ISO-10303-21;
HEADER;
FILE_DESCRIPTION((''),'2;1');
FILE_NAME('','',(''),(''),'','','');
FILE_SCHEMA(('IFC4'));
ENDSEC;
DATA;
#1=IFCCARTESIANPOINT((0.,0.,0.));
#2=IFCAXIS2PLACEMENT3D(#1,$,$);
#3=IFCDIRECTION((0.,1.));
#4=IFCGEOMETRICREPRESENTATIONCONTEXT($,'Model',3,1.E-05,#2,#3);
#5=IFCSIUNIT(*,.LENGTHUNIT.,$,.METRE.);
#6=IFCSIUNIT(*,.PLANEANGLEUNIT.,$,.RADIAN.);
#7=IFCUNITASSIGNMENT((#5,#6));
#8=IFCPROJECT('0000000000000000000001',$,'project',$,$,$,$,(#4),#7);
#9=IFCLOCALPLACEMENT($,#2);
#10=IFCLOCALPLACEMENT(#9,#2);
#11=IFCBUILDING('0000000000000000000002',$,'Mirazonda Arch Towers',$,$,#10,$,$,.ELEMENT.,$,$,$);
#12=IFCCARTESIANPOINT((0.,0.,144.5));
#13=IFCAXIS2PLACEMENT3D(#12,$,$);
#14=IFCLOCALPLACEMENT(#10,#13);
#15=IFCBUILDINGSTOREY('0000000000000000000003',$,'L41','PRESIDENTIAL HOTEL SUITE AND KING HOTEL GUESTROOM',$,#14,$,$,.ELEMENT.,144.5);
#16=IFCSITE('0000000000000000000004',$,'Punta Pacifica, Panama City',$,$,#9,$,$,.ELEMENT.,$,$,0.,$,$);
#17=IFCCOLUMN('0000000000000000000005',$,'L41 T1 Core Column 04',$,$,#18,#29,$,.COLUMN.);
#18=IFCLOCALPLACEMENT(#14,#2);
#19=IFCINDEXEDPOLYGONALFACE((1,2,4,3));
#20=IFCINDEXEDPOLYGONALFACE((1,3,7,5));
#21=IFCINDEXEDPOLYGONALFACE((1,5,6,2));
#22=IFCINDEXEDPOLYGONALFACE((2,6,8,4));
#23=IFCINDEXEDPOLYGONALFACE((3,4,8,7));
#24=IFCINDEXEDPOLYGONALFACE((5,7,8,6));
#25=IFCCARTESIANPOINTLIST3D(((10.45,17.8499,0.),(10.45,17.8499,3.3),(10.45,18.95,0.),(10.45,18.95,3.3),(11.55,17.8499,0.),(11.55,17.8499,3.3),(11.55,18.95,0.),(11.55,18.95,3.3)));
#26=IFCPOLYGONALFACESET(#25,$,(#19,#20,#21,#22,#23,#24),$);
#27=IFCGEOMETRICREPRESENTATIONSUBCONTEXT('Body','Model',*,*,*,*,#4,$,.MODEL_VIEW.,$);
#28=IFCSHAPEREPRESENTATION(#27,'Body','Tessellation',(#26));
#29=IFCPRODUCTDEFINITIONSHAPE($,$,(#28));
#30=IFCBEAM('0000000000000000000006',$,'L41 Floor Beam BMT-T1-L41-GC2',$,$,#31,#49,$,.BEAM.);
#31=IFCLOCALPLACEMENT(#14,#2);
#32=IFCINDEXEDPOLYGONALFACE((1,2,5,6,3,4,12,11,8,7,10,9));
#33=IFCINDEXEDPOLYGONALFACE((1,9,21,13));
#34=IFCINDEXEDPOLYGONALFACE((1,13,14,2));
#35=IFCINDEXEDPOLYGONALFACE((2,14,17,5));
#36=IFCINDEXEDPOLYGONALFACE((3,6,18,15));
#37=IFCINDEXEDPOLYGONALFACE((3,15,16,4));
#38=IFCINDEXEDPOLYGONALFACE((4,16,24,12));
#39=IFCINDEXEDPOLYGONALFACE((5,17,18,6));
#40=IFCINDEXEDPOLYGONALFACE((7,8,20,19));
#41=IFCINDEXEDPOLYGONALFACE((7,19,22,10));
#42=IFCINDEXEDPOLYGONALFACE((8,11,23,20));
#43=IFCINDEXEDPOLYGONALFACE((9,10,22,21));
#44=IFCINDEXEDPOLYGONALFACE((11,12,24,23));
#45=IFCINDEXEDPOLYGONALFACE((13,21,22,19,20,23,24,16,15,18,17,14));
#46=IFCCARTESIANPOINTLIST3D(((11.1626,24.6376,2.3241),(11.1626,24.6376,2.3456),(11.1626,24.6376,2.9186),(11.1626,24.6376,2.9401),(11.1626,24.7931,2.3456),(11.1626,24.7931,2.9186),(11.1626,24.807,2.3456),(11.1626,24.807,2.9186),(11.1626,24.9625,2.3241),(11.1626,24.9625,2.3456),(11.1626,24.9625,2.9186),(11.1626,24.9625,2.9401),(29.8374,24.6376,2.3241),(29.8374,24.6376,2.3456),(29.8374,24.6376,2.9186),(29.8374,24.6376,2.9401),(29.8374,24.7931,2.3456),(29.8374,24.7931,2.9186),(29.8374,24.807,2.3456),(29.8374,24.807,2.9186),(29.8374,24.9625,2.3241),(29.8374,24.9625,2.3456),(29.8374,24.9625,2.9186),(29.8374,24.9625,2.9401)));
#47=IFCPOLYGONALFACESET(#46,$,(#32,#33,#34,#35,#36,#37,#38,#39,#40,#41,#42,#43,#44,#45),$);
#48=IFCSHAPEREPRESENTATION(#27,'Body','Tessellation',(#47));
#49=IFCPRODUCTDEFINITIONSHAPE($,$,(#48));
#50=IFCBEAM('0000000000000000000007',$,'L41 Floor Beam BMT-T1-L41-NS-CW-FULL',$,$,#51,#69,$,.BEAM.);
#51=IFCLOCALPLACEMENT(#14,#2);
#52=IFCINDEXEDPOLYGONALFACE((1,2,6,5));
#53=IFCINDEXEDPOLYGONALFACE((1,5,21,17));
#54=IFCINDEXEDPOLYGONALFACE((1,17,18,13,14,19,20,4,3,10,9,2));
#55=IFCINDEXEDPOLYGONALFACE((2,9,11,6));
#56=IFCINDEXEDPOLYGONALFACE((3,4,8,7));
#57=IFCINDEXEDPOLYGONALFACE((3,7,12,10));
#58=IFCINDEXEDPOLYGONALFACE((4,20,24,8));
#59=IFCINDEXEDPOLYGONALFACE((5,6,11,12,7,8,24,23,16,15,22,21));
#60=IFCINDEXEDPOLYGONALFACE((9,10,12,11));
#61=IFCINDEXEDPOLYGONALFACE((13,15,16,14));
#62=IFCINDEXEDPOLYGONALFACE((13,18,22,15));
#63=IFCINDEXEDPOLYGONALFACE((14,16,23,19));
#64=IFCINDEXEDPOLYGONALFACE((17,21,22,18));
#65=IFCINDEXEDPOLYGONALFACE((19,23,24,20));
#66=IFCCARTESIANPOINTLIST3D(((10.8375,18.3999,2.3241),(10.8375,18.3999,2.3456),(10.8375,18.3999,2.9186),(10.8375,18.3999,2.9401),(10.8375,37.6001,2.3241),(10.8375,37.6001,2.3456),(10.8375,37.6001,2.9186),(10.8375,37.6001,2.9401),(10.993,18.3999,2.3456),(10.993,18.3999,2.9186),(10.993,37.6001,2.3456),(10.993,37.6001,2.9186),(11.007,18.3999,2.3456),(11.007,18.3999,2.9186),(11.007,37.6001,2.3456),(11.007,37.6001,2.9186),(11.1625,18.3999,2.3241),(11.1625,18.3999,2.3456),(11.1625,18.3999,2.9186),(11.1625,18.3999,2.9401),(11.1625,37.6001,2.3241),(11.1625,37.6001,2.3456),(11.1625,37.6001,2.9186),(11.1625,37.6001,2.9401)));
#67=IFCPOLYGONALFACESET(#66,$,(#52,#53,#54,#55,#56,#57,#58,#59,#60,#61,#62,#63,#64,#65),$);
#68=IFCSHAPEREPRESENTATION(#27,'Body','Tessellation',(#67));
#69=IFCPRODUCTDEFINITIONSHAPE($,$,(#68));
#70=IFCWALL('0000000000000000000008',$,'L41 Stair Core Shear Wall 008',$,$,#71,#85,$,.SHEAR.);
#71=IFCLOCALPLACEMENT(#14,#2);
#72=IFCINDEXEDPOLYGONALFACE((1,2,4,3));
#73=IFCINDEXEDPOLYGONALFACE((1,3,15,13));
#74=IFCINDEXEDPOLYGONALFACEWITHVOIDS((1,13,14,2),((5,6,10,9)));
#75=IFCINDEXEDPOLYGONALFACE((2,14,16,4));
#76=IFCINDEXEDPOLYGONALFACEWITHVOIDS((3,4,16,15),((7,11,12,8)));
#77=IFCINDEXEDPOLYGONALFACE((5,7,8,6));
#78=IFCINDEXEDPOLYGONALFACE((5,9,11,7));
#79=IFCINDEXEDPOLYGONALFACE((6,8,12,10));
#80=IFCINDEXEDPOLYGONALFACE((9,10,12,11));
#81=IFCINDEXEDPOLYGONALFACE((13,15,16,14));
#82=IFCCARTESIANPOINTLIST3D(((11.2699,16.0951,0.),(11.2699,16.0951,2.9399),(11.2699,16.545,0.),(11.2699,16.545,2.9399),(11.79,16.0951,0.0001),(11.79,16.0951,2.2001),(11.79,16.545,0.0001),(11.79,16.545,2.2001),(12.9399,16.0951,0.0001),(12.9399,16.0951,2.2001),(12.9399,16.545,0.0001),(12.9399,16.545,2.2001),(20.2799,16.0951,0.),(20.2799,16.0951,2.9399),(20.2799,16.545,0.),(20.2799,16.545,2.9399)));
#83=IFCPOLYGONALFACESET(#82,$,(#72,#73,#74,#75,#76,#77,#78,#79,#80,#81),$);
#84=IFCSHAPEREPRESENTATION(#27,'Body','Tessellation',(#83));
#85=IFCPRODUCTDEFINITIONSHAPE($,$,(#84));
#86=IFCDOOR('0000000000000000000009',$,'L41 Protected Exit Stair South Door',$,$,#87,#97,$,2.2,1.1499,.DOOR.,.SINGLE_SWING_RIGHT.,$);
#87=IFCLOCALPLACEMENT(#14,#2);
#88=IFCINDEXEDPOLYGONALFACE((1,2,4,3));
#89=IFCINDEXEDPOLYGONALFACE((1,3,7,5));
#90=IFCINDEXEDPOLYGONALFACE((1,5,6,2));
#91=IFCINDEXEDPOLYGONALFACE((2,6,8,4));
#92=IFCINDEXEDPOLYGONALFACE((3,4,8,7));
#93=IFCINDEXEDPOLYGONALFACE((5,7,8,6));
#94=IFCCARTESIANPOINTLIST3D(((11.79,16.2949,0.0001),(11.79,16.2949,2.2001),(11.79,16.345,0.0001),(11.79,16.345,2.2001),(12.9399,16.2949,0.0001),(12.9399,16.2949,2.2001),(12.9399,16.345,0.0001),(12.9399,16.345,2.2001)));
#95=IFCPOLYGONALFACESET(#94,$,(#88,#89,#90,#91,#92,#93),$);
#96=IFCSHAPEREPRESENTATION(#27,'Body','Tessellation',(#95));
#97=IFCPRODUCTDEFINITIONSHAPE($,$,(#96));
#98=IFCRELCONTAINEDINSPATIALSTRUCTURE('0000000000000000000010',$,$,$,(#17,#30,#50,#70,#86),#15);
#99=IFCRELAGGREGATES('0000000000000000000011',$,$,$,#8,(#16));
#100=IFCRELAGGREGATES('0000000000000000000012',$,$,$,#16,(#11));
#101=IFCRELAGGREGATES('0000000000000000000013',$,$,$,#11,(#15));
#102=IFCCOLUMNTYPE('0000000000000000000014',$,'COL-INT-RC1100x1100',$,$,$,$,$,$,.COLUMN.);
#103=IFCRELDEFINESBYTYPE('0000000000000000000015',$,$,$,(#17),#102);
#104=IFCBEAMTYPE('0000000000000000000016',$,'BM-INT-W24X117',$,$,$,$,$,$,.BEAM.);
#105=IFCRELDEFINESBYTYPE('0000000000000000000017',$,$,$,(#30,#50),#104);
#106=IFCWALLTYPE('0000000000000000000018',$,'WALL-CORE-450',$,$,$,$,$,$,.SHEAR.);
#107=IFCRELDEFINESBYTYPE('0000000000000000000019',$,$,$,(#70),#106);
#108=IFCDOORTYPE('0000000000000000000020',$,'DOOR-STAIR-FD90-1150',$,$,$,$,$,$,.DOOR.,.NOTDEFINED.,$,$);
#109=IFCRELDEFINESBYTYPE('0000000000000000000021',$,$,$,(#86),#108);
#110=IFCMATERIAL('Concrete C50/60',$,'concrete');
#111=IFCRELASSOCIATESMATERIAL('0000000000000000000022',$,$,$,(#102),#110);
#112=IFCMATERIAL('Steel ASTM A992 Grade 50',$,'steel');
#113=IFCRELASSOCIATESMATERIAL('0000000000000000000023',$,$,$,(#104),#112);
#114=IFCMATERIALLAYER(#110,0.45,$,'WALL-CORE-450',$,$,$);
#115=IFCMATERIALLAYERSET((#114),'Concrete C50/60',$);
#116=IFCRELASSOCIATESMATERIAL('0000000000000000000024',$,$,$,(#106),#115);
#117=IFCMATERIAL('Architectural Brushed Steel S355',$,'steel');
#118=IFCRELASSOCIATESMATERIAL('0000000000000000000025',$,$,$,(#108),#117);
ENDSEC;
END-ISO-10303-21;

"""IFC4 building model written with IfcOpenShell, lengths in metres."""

from ifc_helpers import new_model, si_unit, direction, frame, frame_2d, origin, origin_2d, place, context, subcontext, project, spatial, rectangle, i_section, extrude, material, layer, layer_set, material_profile, profile_set, type_object, element, fill, save


model = new_model("IFC4")

# Units and contexts
model_context = context("Model", 3, precision=1e-05, world=origin(), true_north=direction((0.0, 1.0)))
body_context = subcontext(model_context, "Body", "Model", "MODEL_VIEW")
ifc_project = project(units=[si_unit("LENGTHUNIT", "METRE"), si_unit("PLANEANGLEUNIT", "RADIAN")], contexts=[model_context])

# Site, building, storey
site_placement = place(None, origin())
site = spatial("IfcSite", under=ifc_project, at=site_placement, Name="Punta Pacifica, Panama City", CompositionType="ELEMENT", RefElevation=0.0)
building_placement = place(site_placement, origin())
building = spatial("IfcBuilding", under=site, at=building_placement, Name="Mirazonda Arch Towers", CompositionType="ELEMENT")
storey_placement = place(building_placement, frame((0.0, 0.0, 144.5)))
storey = spatial("IfcBuildingStorey", under=building, at=storey_placement, Name="L41", Description="PRESIDENTIAL HOTEL SUITE AND KING HOTEL GUESTROOM", CompositionType="ELEMENT", Elevation=144.5)

# Column
ifc_material_1 = material(Name="Concrete C50/60", Category="concrete")
ifc_material_profile_1 = material_profile(ifc_material_1, rectangle(XDim=1.1001, YDim=1.1001, at=origin_2d()), Name="RC1100x1100")
ifc_profile_set_1 = profile_set([ifc_material_profile_1], Name="Concrete C50/60")
column_type = type_object("IfcColumnType", Name="COL-INT-RC1100x1100", PredefinedType="COLUMN", material=ifc_profile_set_1)
column_placement = place(storey_placement, frame((11.0, 18.3999, 0.0), z_axis=(0.0, 0.0, 1.0), x_axis=(1.0, 0.0, 0.0)))
element("IfcColumn", 1, at=column_placement, inside=storey, type_object=column_type, Name="L41 T1 Core Column 04", PredefinedType="COLUMN", context=body_context, shape_type="SweptSolid", body=[
    extrude(rectangle(XDim=1.1001, YDim=1.1001, at=origin_2d()), origin(), (0.0, 0.0, 1.0), 3.3),
])

# Beams
ifc_material_2 = material(Name="Steel ASTM A992 Grade 50", Category="steel")
ifc_material_profile_2 = material_profile(ifc_material_2, i_section(OverallWidth=0.325, OverallDepth=0.616, WebThickness=0.0139, FlangeThickness=0.0215, at=origin_2d()), Name="W24X117")
ifc_profile_set_2 = profile_set([ifc_material_profile_2], Name="Steel ASTM A992 Grade 50")
beam_type = type_object("IfcBeamType", Name="BM-INT-W24X117", PredefinedType="BEAM", material=ifc_profile_set_2)
beam_1_placement = place(storey_placement, frame((11.1626, 24.8, 2.6321), z_axis=(1.0, 0.0, 0.0), x_axis=(0.0, 1.0, 0.0)))
element("IfcBeam", 2, at=beam_1_placement, inside=storey, type_object=beam_type, Name="L41 Floor Beam BMT-T1-L41-GC2", PredefinedType="BEAM", context=body_context, shape_type="SweptSolid", body=[
    extrude(i_section(OverallWidth=0.325, OverallDepth=0.616, WebThickness=0.0139, FlangeThickness=0.0215, at=origin_2d()), origin(), (0.0, 0.0, 1.0), 18.6748),
])
beam_2_placement = place(storey_placement, frame((11.0, 18.3999, 2.6321), z_axis=(0.0, 1.0, 0.0), x_axis=(-1.0, 0.0, 0.0)))
element("IfcBeam", 3, at=beam_2_placement, inside=storey, type_object=beam_type, Name="L41 Floor Beam BMT-T1-L41-NS-CW-FULL", PredefinedType="BEAM", context=body_context, shape_type="SweptSolid", body=[
    extrude(i_section(OverallWidth=0.325, OverallDepth=0.616, WebThickness=0.0139, FlangeThickness=0.0215, at=origin_2d()), origin(), (0.0, 0.0, 1.0), 19.2002),
])

# Wall, opening, door
ifc_layer_1 = layer(ifc_material_1, 0.45, Name="WALL-CORE-450")
ifc_layer_set_1 = layer_set([ifc_layer_1], Name="Concrete C50/60")
wall_type_1 = type_object("IfcWallType", Name="WALL-CORE-450", PredefinedType="SHEAR", material=ifc_layer_set_1)
wall_1_placement = place(storey_placement, frame((11.27, 16.3201, 0.0), z_axis=(0.0, 0.0, 1.0), x_axis=(1.0, 0.0, 0.0)))
wall_1 = element("IfcWall", 4, at=wall_1_placement, inside=storey, type_object=wall_type_1, Name="L41 Stair Core Shear Wall 008", PredefinedType="SHEAR", context=body_context, shape_type="SweptSolid", body=[
    extrude(rectangle(XDim=9.01, YDim=0.45, at=frame_2d((4.5049, 0.0))), origin(), (0.0, 0.0, 1.0), 2.9399),
])
opening_1_placement = place(wall_1_placement, frame((0.52, 0.0, 0.0)))
opening_1 = element("IfcOpeningElement", 5, at=opening_1_placement, cuts=wall_1, PredefinedType="OPENING", context=body_context, shape_type="SweptSolid", body=[
    extrude(rectangle(XDim=1.1499, YDim=2.2, at=frame_2d((0.575, 1.1001))), frame((0.0, 0.2349, 0.0), z_axis=(0.0, -1.0, 0.0), x_axis=(1.0, 0.0, 0.0)), (0.0, 0.0, 1.0), 0.47),
])
ifc_material_3 = material(Name="Architectural Brushed Steel S355", Category="steel")
door_type_1 = type_object("IfcDoorType", Name="DOOR-STAIR-FD90-1150", OperationType="NOTDEFINED", PredefinedType="DOOR", material=ifc_material_3)
door_1_placement = place(opening_1_placement, origin())
door_1 = element("IfcDoor", 6, at=door_1_placement, inside=storey, type_object=door_type_1, Name="L41 Protected Exit Stair South Door", OperationType="SINGLE_SWING_RIGHT", OverallHeight=2.2, OverallWidth=1.1499, PredefinedType="DOOR", context=body_context, shape_type="SweptSolid", body=[
    extrude(rectangle(XDim=1.1499, YDim=2.2, at=frame_2d((0.575, 1.1001))), frame((0.0, 0.0249, 0.0), z_axis=(0.0, -1.0, 0.0), x_axis=(1.0, 0.0, 0.0)), (0.0, 0.0, 1.0), 0.05),
])
fill(opening_1, door_1)

save(model, "model.ifc")
